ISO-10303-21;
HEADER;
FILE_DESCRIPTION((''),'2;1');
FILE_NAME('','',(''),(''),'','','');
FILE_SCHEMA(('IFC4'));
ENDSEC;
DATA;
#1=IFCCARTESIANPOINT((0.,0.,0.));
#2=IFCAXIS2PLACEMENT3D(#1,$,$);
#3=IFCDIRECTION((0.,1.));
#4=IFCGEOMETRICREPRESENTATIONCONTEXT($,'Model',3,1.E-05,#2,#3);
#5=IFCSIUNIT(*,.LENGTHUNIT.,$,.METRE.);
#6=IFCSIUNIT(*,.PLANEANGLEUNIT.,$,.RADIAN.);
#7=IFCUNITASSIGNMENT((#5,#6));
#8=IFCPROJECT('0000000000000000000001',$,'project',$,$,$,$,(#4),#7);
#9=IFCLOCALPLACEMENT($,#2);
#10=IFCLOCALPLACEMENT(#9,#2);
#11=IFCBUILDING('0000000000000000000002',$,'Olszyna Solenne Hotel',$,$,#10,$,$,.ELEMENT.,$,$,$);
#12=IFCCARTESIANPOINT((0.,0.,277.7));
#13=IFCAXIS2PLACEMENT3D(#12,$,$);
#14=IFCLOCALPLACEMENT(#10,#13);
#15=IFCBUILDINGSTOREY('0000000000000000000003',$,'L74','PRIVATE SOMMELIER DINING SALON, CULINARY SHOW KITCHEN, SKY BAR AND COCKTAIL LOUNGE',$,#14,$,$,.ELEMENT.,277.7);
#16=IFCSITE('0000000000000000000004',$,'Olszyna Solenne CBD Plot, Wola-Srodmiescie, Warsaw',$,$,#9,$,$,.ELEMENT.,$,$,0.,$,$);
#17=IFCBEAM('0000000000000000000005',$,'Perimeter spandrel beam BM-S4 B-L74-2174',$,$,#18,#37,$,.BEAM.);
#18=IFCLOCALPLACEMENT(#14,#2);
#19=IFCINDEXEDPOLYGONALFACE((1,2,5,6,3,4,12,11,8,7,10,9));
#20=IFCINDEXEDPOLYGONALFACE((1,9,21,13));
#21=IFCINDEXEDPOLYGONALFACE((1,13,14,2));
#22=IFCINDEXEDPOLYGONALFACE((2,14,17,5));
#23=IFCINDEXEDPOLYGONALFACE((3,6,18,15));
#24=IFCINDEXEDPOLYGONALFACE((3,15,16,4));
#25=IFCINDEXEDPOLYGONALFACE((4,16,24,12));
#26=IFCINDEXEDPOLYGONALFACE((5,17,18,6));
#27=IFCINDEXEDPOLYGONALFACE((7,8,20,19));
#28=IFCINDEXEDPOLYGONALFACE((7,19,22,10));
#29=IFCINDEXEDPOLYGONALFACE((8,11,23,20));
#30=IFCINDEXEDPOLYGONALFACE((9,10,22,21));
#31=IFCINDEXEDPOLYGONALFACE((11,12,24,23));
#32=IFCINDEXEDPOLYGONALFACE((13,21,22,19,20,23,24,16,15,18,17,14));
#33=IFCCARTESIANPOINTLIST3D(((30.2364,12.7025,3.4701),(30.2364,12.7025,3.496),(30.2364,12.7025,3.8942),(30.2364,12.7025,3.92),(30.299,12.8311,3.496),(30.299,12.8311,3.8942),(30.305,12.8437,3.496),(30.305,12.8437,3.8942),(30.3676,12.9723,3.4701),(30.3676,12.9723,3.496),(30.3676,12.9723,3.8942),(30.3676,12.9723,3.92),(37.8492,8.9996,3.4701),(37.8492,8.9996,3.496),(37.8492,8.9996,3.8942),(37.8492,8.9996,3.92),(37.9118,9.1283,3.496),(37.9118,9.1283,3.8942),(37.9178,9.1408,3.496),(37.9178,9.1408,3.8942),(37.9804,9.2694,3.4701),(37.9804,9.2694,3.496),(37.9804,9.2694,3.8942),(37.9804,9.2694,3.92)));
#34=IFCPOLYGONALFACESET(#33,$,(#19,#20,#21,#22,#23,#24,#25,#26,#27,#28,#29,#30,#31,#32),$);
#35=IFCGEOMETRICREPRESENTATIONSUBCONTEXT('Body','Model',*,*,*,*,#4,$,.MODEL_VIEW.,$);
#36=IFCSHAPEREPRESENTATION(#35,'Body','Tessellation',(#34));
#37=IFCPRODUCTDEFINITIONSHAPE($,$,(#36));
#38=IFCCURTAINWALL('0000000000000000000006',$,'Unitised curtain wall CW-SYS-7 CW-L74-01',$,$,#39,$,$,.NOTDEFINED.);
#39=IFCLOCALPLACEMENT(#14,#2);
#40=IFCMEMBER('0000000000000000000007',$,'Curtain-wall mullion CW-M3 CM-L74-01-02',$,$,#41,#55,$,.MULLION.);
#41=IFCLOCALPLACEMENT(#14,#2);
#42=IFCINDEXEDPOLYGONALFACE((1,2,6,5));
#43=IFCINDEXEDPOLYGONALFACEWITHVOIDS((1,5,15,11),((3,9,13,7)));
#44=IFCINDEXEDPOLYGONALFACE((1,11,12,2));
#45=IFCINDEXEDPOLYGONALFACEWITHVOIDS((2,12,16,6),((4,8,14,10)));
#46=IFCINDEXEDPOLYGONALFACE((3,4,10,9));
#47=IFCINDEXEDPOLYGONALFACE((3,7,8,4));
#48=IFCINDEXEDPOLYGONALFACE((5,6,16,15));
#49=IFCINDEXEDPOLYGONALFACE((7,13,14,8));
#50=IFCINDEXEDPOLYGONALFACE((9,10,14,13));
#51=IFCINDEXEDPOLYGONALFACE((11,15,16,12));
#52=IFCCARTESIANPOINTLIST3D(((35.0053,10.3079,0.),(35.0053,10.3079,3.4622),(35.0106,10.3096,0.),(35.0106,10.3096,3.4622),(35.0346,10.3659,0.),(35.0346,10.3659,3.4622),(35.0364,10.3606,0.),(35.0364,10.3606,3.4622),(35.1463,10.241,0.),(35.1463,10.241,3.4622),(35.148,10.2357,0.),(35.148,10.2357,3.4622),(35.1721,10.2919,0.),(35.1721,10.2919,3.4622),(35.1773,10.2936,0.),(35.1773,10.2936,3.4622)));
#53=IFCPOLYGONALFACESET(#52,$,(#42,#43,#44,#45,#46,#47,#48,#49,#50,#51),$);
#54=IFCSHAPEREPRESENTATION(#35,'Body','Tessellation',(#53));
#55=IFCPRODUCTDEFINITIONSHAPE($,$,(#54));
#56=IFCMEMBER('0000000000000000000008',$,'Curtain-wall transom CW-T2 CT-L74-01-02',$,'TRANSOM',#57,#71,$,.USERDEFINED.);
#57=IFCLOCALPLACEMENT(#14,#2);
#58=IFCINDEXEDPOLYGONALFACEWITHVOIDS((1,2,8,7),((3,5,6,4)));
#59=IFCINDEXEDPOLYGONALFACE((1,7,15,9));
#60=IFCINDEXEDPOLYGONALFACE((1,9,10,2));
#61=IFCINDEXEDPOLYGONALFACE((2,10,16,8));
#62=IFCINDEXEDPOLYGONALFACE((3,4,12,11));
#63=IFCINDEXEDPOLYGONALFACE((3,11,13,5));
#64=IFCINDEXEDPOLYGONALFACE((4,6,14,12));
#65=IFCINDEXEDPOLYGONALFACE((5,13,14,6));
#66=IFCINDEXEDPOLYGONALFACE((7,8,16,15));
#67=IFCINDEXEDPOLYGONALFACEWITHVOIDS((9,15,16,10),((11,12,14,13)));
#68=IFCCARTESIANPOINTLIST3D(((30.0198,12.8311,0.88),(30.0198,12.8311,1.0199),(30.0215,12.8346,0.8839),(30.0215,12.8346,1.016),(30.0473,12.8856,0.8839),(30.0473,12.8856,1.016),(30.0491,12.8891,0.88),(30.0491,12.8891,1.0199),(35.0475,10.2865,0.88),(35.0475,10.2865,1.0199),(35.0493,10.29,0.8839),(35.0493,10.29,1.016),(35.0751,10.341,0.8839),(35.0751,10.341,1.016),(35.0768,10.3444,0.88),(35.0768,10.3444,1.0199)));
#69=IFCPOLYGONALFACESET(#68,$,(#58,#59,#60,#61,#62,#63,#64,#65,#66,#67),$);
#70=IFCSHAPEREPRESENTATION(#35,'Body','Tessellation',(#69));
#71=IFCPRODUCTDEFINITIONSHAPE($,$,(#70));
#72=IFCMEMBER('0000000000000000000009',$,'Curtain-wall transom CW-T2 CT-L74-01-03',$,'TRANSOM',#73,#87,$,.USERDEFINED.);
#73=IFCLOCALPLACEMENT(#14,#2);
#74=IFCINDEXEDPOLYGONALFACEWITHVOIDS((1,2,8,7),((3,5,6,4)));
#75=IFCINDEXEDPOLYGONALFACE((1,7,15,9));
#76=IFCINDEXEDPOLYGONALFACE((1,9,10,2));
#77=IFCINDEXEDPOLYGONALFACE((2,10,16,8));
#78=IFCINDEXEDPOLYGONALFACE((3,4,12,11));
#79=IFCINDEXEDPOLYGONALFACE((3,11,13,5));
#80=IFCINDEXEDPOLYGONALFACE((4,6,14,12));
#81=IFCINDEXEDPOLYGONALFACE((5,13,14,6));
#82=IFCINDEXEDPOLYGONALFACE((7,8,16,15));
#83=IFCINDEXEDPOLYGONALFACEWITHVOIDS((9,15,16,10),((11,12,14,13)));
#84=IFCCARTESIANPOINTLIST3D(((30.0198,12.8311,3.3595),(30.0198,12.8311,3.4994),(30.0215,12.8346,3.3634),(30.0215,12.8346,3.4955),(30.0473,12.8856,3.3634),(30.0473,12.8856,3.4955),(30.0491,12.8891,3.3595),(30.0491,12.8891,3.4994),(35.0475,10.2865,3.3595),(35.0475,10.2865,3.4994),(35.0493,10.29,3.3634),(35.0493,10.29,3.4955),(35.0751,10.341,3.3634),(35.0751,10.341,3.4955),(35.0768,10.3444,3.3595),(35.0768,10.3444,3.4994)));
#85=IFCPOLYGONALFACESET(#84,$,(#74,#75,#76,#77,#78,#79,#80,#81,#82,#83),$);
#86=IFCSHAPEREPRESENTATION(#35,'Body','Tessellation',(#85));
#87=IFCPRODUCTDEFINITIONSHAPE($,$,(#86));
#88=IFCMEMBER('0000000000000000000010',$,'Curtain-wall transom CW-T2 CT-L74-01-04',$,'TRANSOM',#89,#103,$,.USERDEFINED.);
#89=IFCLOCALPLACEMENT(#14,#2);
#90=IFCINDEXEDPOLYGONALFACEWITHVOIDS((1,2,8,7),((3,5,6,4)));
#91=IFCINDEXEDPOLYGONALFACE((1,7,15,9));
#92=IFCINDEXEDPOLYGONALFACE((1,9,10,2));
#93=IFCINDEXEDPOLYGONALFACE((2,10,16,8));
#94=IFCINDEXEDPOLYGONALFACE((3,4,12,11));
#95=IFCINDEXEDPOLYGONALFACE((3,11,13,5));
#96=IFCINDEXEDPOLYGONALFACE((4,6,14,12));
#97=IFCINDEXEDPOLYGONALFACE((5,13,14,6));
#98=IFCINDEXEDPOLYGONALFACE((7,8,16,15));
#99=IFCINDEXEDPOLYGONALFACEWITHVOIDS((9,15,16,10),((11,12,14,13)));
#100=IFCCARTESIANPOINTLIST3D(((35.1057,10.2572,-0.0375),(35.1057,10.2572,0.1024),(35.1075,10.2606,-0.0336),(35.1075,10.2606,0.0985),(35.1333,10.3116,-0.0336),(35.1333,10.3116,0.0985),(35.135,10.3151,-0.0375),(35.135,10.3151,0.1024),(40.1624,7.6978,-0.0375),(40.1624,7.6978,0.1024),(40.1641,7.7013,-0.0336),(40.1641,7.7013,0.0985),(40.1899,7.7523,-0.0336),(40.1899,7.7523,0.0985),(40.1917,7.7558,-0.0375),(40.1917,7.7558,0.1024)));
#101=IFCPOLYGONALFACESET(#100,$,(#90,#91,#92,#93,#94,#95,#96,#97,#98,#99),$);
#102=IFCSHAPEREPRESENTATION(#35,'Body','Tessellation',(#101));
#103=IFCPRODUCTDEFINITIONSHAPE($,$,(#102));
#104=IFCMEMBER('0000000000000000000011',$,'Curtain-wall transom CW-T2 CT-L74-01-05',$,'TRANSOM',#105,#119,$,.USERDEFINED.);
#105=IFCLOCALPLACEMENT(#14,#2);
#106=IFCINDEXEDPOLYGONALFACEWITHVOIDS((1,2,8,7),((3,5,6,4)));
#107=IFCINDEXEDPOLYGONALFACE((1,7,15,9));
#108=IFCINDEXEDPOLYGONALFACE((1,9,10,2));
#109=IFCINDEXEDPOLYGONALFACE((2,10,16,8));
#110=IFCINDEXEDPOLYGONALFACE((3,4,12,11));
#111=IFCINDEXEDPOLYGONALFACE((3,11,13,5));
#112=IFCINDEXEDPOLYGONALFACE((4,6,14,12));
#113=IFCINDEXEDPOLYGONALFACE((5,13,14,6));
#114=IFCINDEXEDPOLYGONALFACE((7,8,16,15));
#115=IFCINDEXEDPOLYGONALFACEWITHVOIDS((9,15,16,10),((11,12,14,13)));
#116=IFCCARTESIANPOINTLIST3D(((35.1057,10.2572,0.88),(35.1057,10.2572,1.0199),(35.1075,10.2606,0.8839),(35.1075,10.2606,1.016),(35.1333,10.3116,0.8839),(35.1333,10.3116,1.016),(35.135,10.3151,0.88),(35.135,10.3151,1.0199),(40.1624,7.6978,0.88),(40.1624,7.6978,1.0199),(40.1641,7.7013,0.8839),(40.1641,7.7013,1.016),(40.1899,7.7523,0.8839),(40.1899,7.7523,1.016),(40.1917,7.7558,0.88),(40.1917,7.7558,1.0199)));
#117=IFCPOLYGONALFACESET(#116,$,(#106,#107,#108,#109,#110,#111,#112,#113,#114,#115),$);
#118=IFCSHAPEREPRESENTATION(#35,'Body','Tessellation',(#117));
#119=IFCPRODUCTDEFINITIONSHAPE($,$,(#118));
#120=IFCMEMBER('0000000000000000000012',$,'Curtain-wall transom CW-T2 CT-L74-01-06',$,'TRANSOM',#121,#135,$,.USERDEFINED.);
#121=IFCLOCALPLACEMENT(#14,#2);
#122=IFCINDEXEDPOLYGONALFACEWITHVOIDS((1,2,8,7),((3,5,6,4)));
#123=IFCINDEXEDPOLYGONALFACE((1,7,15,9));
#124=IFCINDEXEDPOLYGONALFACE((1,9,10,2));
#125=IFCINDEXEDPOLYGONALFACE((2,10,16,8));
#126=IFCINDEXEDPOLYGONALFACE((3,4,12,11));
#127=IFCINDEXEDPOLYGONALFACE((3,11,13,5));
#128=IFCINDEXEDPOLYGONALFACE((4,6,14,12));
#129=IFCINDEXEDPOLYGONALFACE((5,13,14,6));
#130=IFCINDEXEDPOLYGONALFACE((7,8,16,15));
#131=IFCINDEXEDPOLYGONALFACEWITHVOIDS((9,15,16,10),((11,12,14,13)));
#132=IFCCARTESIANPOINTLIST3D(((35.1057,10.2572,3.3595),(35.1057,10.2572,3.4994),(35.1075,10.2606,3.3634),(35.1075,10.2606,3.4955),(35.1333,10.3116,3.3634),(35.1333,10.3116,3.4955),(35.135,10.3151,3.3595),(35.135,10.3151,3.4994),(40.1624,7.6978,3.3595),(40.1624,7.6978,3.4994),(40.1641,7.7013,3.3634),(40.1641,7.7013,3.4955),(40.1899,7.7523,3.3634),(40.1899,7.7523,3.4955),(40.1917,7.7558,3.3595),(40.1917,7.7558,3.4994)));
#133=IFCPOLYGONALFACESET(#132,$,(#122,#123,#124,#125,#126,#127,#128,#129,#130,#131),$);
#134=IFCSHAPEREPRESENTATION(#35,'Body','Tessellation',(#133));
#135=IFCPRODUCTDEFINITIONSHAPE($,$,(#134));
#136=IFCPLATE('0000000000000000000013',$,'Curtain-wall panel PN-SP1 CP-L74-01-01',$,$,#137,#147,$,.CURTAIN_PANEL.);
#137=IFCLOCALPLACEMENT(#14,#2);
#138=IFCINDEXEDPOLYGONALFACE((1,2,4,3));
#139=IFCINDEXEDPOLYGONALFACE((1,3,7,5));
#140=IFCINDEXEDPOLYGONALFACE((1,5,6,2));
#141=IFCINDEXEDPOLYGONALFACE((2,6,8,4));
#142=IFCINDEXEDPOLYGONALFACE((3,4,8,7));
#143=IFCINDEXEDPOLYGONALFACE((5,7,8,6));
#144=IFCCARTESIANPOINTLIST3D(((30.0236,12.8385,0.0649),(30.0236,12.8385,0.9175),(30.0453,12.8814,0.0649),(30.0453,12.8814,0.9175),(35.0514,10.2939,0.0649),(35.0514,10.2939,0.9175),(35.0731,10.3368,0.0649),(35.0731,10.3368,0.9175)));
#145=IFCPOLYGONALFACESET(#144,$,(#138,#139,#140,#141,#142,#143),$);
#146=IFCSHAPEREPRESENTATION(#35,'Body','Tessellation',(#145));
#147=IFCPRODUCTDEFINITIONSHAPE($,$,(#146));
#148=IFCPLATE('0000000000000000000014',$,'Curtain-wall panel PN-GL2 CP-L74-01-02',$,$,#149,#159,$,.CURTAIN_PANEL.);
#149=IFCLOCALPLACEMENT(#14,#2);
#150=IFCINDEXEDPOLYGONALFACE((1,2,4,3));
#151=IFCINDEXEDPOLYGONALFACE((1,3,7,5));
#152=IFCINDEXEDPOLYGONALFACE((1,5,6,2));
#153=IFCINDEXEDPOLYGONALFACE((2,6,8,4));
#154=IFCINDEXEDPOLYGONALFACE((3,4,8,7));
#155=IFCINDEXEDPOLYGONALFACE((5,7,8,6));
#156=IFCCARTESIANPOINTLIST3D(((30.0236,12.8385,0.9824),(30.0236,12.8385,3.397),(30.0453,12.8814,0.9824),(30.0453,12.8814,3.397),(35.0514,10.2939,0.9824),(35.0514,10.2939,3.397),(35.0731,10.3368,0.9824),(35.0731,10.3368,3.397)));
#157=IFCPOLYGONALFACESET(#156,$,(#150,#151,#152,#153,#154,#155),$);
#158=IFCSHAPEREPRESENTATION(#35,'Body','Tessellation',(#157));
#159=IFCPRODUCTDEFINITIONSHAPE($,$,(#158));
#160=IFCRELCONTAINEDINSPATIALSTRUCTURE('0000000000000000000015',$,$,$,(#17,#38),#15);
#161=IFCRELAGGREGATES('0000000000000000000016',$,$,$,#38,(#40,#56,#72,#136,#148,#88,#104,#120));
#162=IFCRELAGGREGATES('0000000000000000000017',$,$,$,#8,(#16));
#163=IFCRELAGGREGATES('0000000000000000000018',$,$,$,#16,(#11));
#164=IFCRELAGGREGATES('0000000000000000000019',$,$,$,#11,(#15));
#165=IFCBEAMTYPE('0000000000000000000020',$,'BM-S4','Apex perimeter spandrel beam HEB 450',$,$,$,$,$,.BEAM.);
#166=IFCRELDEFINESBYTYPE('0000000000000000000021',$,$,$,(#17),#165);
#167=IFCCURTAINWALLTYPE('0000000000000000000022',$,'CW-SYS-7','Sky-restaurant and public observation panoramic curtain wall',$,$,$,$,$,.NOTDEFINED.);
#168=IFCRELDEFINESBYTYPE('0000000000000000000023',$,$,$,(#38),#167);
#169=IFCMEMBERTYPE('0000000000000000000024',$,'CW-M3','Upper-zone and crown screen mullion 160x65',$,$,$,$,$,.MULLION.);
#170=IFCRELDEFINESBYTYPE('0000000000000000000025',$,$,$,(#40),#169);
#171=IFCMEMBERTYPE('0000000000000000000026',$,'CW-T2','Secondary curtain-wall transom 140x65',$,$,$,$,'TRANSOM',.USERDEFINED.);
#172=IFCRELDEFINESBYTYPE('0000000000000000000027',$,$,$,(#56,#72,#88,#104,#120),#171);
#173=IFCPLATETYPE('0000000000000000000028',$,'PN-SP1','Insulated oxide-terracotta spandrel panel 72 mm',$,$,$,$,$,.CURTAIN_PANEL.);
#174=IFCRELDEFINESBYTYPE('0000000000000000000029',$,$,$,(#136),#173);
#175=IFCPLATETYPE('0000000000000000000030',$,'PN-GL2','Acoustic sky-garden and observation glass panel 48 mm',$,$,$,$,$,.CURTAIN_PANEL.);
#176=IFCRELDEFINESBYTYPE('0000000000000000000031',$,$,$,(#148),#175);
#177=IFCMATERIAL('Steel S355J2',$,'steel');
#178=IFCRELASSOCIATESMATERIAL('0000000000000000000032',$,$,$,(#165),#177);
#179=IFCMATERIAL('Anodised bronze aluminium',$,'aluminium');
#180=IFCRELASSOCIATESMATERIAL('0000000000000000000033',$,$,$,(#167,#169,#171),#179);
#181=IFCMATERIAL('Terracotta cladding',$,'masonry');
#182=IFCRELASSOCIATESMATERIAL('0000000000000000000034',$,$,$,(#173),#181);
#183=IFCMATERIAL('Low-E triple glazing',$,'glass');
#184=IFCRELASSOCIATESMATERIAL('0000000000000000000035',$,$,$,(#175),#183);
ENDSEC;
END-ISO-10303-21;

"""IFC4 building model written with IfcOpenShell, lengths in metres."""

from ifc_helpers import new_model, si_unit, direction, frame, origin, origin_2d, place, context, subcontext, project, spatial, rectangle, hollow_rectangle, i_section, extrude, source, transform, mapped, material, material_profile, profile_set, type_object, element, aggregate, save


model = new_model("IFC4")

# Units and contexts
model_context = context("Model", 3, precision=1e-05, world=origin(), true_north=direction((0.0, 1.0)))
body_context = subcontext(model_context, "Body", "Model", "MODEL_VIEW")
ifc_project = project(units=[si_unit("LENGTHUNIT", "METRE"), si_unit("PLANEANGLEUNIT", "RADIAN")], contexts=[model_context])

# Site, building, storey
site_placement = place(None, origin())
site = spatial("IfcSite", under=ifc_project, at=site_placement, Name="Olszyna Solenne CBD Plot, Wola-Srodmiescie, Warsaw", CompositionType="ELEMENT", RefElevation=0.0)
building_placement = place(site_placement, origin())
building = spatial("IfcBuilding", under=site, at=building_placement, Name="Olszyna Solenne Hotel", CompositionType="ELEMENT")
storey_placement = place(building_placement, frame((0.0, 0.0, 277.7)))
storey = spatial("IfcBuildingStorey", under=building, at=storey_placement, Name="L74", Description="PRIVATE SOMMELIER DINING SALON, CULINARY SHOW KITCHEN, SKY BAR AND COCKTAIL LOUNGE", CompositionType="ELEMENT", Elevation=277.7)

# Beam
ifc_material_1 = material(Name="Steel S355J2", Category="steel")
ifc_material_profile_1 = material_profile(ifc_material_1, i_section(OverallWidth=0.3, OverallDepth=0.45, WebThickness=0.0139, FlangeThickness=0.0259, at=origin_2d()), Name="HEB 450", Category="load-bearing")
ifc_profile_set_1 = profile_set([ifc_material_profile_1], Name="Steel S355J2")
beam_type = type_object("IfcBeamType", Name="BM-S4", Description="Apex perimeter spandrel beam HEB 450", PredefinedType="BEAM", material=ifc_profile_set_1)
shared_shape_1 = source(origin(), body_context, "Body", "SweptSolid", [
    extrude(i_section(OverallWidth=0.3, OverallDepth=0.45, WebThickness=0.0139, FlangeThickness=0.0259, at=origin_2d()), origin(), (0.0, 0.0, 1.0), 8.4656),
])
beam_placement = place(storey_placement, frame((30.302, 12.8374, 3.6951), z_axis=(0.899265, -0.437405, 0.0), x_axis=(0.437405, 0.899265, 0.0)))
element("IfcBeam", 1, at=beam_placement, inside=storey, type_object=beam_type, Name="Perimeter spandrel beam BM-S4 B-L74-2174", PredefinedType="BEAM", context=body_context, shape_type="MappedRepresentation", body=[
    mapped(shared_shape_1, transform((0.0, 0.0, 0.0), x_axis=(1.0, 0.0, 0.0), y_axis=(0.0, 1.0, 0.0), z_axis=(0.0, 0.0, 1.0), scale=1.0)),
])

# Curtain wall, members, plates
ifc_material_2 = material(Name="Anodised bronze aluminium", Category="aluminium")
curtain_wall_type = type_object("IfcCurtainWallType", Name="CW-SYS-7", Description="Sky-restaurant and public observation panoramic curtain wall", PredefinedType="NOTDEFINED", material=ifc_material_2)
curtain_wall_placement = place(storey_placement, origin())
curtain_wall = element("IfcCurtainWall", 2, at=curtain_wall_placement, inside=storey, type_object=curtain_wall_type, Name="Unitised curtain wall CW-SYS-7 CW-L74-01", PredefinedType="NOTDEFINED")
ifc_material_profile_2 = material_profile(ifc_material_2, hollow_rectangle(XDim=0.0649, YDim=0.1599, WallThickness=0.0039, at=origin_2d()), Name="MULL 160x65x4", Category="load-bearing")
ifc_profile_set_2 = profile_set([ifc_material_profile_2], Name="Anodised bronze aluminium")
member_type_1 = type_object("IfcMemberType", Name="CW-M3", Description="Upper-zone and crown screen mullion 160x65", PredefinedType="MULLION", material=ifc_profile_set_2)
shared_shape_2 = source(origin(), body_context, "Body", "SweptSolid", [
    extrude(hollow_rectangle(XDim=0.0649, YDim=0.1599, WallThickness=0.0039, at=origin_2d()), origin(), (0.0, 0.0, 1.0), 3.4622),
])
member_1_placement = place(storey_placement, frame((35.0913, 10.3008, 0.0), z_axis=(0.0, 0.0, 1.0), x_axis=(0.451574, 0.892234, 0.0)))
member_1 = element("IfcMember", 3, at=member_1_placement, type_object=member_type_1, Name="Curtain-wall mullion CW-M3 CM-L74-01-02", PredefinedType="MULLION", context=body_context, shape_type="MappedRepresentation", body=[
    mapped(shared_shape_2, transform((0.0, 0.0, 0.0), x_axis=(1.0, 0.0, 0.0), y_axis=(0.0, 1.0, 0.0), z_axis=(0.0, 0.0, 1.0), scale=1.0)),
])
ifc_material_profile_3 = material_profile(ifc_material_2, hollow_rectangle(XDim=0.0649, YDim=0.1399, WallThickness=0.0039, at=origin_2d()), Name="TRAN 140x65x4", Category="load-bearing")
ifc_profile_set_3 = profile_set([ifc_material_profile_3], Name="Anodised bronze aluminium")
member_type_2 = type_object("IfcMemberType", Name="CW-T2", Description="Secondary curtain-wall transom 140x65", ElementType="TRANSOM", PredefinedType="USERDEFINED", material=ifc_profile_set_3)
shared_shape_3 = source(origin(), body_context, "Body", "SweptSolid", [
    extrude(hollow_rectangle(XDim=0.0649, YDim=0.1399, WallThickness=0.0039, at=origin_2d()), origin(), (0.0, 0.0, 1.0), 5.635),
])
member_2_placement = place(storey_placement, frame((30.0344, 12.8601, 0.95), z_axis=(0.892233, -0.451575, 0.0), x_axis=(0.451575, 0.892233, 0.0)))
member_2 = element("IfcMember", 4, at=member_2_placement, type_object=member_type_2, Name="Curtain-wall transom CW-T2 CT-L74-01-02", ObjectType="TRANSOM", PredefinedType="USERDEFINED", context=body_context, shape_type="MappedRepresentation", body=[
    mapped(shared_shape_3, transform((0.0, 0.0, 0.0), x_axis=(1.0, 0.0, 0.0), y_axis=(0.0, 1.0, 0.0), z_axis=(0.0, 0.0, 1.0), scale=1.0)),
])
member_3_placement = place(storey_placement, frame((30.0344, 12.8601, 3.4294), z_axis=(0.892233, -0.451575, 0.0), x_axis=(0.451575, 0.892233, 0.0)))
member_3 = element("IfcMember", 5, at=member_3_placement, type_object=member_type_2, Name="Curtain-wall transom CW-T2 CT-L74-01-03", ObjectType="TRANSOM", PredefinedType="USERDEFINED", context=body_context, shape_type="MappedRepresentation", body=[
    mapped(shared_shape_3, transform((0.0, 0.0, 0.0), x_axis=(1.0, 0.0, 0.0), y_axis=(0.0, 1.0, 0.0), z_axis=(0.0, 0.0, 1.0), scale=1.0)),
])
shared_shape_4 = source(origin(), body_context, "Body", "SweptSolid", [
    extrude(hollow_rectangle(XDim=0.0649, YDim=0.1399, WallThickness=0.0039, at=origin_2d()), origin(), (0.0, 0.0, 1.0), 5.6675),
])
member_4_placement = place(storey_placement, frame((35.1204, 10.2861, 0.0325), z_axis=(0.892228, -0.451585, 0.0), x_axis=(0.451585, 0.892228, 0.0)))
member_4 = element("IfcMember", 6, at=member_4_placement, type_object=member_type_2, Name="Curtain-wall transom CW-T2 CT-L74-01-04", ObjectType="TRANSOM", PredefinedType="USERDEFINED", context=body_context, shape_type="MappedRepresentation", body=[
    mapped(shared_shape_4, transform((0.0, 0.0, 0.0), x_axis=(1.0, 0.0, 0.0), y_axis=(0.0, 1.0, 0.0), z_axis=(0.0, 0.0, 1.0), scale=1.0)),
])
member_5_placement = place(storey_placement, frame((35.1204, 10.2861, 0.95), z_axis=(0.892228, -0.451585, 0.0), x_axis=(0.451585, 0.892228, 0.0)))
member_5 = element("IfcMember", 7, at=member_5_placement, type_object=member_type_2, Name="Curtain-wall transom CW-T2 CT-L74-01-05", ObjectType="TRANSOM", PredefinedType="USERDEFINED", context=body_context, shape_type="MappedRepresentation", body=[
    mapped(shared_shape_4, transform((0.0, 0.0, 0.0), x_axis=(1.0, 0.0, 0.0), y_axis=(0.0, 1.0, 0.0), z_axis=(0.0, 0.0, 1.0), scale=1.0)),
])
member_6_placement = place(storey_placement, frame((35.1204, 10.2861, 3.4294), z_axis=(0.892228, -0.451585, 0.0), x_axis=(0.451585, 0.892228, 0.0)))
member_6 = element("IfcMember", 8, at=member_6_placement, type_object=member_type_2, Name="Curtain-wall transom CW-T2 CT-L74-01-06", ObjectType="TRANSOM", PredefinedType="USERDEFINED", context=body_context, shape_type="MappedRepresentation", body=[
    mapped(shared_shape_4, transform((0.0, 0.0, 0.0), x_axis=(1.0, 0.0, 0.0), y_axis=(0.0, 1.0, 0.0), z_axis=(0.0, 0.0, 1.0), scale=1.0)),
])
ifc_material_3 = material(Name="Terracotta cladding", Category="masonry")
plate_type_1 = type_object("IfcPlateType", Name="PN-SP1", Description="Insulated oxide-terracotta spandrel panel 72 mm", PredefinedType="CURTAIN_PANEL", material=ifc_material_3)
shared_shape_5 = source(origin(), body_context, "Body", "SweptSolid", [
    extrude(rectangle(XDim=5.635, YDim=0.0481, at=origin_2d()), origin(), (0.0, 0.0, 1.0), 0.8525),
])
plate_1_placement = place(storey_placement, frame((32.5483, 11.5876, 0.0649), z_axis=(0.0, 0.0, 1.0), x_axis=(0.892234, -0.451574, 0.0)))
plate_1 = element("IfcPlate", 9, at=plate_1_placement, type_object=plate_type_1, Name="Curtain-wall panel PN-SP1 CP-L74-01-01", PredefinedType="CURTAIN_PANEL", context=body_context, shape_type="MappedRepresentation", body=[
    mapped(shared_shape_5, transform((0.0, 0.0, 0.0), x_axis=(1.0, 0.0, 0.0), y_axis=(0.0, 1.0, 0.0), z_axis=(0.0, 0.0, 1.0), scale=1.0)),
])
ifc_material_4 = material(Name="Low-E triple glazing", Category="glass")
plate_type_2 = type_object("IfcPlateType", Name="PN-GL2", Description="Acoustic sky-garden and observation glass panel 48 mm", PredefinedType="CURTAIN_PANEL", material=ifc_material_4)
shared_shape_6 = source(origin(), body_context, "Body", "SweptSolid", [
    extrude(rectangle(XDim=5.635, YDim=0.0481, at=origin_2d()), origin(), (0.0, 0.0, 1.0), 2.4146),
])
plate_2_placement = place(storey_placement, frame((32.5483, 11.5876, 0.9824), z_axis=(0.0, 0.0, 1.0), x_axis=(0.892234, -0.451574, 0.0)))
plate_2 = element("IfcPlate", 10, at=plate_2_placement, type_object=plate_type_2, Name="Curtain-wall panel PN-GL2 CP-L74-01-02", PredefinedType="CURTAIN_PANEL", context=body_context, shape_type="MappedRepresentation", body=[
    mapped(shared_shape_6, transform((0.0, 0.0, 0.0), x_axis=(1.0, 0.0, 0.0), y_axis=(0.0, 1.0, 0.0), z_axis=(0.0, 0.0, 1.0), scale=1.0)),
])
aggregate(curtain_wall, [member_1, member_2, member_3, plate_1, plate_2, member_4, member_5, member_6])

save(model, "model.ifc")
